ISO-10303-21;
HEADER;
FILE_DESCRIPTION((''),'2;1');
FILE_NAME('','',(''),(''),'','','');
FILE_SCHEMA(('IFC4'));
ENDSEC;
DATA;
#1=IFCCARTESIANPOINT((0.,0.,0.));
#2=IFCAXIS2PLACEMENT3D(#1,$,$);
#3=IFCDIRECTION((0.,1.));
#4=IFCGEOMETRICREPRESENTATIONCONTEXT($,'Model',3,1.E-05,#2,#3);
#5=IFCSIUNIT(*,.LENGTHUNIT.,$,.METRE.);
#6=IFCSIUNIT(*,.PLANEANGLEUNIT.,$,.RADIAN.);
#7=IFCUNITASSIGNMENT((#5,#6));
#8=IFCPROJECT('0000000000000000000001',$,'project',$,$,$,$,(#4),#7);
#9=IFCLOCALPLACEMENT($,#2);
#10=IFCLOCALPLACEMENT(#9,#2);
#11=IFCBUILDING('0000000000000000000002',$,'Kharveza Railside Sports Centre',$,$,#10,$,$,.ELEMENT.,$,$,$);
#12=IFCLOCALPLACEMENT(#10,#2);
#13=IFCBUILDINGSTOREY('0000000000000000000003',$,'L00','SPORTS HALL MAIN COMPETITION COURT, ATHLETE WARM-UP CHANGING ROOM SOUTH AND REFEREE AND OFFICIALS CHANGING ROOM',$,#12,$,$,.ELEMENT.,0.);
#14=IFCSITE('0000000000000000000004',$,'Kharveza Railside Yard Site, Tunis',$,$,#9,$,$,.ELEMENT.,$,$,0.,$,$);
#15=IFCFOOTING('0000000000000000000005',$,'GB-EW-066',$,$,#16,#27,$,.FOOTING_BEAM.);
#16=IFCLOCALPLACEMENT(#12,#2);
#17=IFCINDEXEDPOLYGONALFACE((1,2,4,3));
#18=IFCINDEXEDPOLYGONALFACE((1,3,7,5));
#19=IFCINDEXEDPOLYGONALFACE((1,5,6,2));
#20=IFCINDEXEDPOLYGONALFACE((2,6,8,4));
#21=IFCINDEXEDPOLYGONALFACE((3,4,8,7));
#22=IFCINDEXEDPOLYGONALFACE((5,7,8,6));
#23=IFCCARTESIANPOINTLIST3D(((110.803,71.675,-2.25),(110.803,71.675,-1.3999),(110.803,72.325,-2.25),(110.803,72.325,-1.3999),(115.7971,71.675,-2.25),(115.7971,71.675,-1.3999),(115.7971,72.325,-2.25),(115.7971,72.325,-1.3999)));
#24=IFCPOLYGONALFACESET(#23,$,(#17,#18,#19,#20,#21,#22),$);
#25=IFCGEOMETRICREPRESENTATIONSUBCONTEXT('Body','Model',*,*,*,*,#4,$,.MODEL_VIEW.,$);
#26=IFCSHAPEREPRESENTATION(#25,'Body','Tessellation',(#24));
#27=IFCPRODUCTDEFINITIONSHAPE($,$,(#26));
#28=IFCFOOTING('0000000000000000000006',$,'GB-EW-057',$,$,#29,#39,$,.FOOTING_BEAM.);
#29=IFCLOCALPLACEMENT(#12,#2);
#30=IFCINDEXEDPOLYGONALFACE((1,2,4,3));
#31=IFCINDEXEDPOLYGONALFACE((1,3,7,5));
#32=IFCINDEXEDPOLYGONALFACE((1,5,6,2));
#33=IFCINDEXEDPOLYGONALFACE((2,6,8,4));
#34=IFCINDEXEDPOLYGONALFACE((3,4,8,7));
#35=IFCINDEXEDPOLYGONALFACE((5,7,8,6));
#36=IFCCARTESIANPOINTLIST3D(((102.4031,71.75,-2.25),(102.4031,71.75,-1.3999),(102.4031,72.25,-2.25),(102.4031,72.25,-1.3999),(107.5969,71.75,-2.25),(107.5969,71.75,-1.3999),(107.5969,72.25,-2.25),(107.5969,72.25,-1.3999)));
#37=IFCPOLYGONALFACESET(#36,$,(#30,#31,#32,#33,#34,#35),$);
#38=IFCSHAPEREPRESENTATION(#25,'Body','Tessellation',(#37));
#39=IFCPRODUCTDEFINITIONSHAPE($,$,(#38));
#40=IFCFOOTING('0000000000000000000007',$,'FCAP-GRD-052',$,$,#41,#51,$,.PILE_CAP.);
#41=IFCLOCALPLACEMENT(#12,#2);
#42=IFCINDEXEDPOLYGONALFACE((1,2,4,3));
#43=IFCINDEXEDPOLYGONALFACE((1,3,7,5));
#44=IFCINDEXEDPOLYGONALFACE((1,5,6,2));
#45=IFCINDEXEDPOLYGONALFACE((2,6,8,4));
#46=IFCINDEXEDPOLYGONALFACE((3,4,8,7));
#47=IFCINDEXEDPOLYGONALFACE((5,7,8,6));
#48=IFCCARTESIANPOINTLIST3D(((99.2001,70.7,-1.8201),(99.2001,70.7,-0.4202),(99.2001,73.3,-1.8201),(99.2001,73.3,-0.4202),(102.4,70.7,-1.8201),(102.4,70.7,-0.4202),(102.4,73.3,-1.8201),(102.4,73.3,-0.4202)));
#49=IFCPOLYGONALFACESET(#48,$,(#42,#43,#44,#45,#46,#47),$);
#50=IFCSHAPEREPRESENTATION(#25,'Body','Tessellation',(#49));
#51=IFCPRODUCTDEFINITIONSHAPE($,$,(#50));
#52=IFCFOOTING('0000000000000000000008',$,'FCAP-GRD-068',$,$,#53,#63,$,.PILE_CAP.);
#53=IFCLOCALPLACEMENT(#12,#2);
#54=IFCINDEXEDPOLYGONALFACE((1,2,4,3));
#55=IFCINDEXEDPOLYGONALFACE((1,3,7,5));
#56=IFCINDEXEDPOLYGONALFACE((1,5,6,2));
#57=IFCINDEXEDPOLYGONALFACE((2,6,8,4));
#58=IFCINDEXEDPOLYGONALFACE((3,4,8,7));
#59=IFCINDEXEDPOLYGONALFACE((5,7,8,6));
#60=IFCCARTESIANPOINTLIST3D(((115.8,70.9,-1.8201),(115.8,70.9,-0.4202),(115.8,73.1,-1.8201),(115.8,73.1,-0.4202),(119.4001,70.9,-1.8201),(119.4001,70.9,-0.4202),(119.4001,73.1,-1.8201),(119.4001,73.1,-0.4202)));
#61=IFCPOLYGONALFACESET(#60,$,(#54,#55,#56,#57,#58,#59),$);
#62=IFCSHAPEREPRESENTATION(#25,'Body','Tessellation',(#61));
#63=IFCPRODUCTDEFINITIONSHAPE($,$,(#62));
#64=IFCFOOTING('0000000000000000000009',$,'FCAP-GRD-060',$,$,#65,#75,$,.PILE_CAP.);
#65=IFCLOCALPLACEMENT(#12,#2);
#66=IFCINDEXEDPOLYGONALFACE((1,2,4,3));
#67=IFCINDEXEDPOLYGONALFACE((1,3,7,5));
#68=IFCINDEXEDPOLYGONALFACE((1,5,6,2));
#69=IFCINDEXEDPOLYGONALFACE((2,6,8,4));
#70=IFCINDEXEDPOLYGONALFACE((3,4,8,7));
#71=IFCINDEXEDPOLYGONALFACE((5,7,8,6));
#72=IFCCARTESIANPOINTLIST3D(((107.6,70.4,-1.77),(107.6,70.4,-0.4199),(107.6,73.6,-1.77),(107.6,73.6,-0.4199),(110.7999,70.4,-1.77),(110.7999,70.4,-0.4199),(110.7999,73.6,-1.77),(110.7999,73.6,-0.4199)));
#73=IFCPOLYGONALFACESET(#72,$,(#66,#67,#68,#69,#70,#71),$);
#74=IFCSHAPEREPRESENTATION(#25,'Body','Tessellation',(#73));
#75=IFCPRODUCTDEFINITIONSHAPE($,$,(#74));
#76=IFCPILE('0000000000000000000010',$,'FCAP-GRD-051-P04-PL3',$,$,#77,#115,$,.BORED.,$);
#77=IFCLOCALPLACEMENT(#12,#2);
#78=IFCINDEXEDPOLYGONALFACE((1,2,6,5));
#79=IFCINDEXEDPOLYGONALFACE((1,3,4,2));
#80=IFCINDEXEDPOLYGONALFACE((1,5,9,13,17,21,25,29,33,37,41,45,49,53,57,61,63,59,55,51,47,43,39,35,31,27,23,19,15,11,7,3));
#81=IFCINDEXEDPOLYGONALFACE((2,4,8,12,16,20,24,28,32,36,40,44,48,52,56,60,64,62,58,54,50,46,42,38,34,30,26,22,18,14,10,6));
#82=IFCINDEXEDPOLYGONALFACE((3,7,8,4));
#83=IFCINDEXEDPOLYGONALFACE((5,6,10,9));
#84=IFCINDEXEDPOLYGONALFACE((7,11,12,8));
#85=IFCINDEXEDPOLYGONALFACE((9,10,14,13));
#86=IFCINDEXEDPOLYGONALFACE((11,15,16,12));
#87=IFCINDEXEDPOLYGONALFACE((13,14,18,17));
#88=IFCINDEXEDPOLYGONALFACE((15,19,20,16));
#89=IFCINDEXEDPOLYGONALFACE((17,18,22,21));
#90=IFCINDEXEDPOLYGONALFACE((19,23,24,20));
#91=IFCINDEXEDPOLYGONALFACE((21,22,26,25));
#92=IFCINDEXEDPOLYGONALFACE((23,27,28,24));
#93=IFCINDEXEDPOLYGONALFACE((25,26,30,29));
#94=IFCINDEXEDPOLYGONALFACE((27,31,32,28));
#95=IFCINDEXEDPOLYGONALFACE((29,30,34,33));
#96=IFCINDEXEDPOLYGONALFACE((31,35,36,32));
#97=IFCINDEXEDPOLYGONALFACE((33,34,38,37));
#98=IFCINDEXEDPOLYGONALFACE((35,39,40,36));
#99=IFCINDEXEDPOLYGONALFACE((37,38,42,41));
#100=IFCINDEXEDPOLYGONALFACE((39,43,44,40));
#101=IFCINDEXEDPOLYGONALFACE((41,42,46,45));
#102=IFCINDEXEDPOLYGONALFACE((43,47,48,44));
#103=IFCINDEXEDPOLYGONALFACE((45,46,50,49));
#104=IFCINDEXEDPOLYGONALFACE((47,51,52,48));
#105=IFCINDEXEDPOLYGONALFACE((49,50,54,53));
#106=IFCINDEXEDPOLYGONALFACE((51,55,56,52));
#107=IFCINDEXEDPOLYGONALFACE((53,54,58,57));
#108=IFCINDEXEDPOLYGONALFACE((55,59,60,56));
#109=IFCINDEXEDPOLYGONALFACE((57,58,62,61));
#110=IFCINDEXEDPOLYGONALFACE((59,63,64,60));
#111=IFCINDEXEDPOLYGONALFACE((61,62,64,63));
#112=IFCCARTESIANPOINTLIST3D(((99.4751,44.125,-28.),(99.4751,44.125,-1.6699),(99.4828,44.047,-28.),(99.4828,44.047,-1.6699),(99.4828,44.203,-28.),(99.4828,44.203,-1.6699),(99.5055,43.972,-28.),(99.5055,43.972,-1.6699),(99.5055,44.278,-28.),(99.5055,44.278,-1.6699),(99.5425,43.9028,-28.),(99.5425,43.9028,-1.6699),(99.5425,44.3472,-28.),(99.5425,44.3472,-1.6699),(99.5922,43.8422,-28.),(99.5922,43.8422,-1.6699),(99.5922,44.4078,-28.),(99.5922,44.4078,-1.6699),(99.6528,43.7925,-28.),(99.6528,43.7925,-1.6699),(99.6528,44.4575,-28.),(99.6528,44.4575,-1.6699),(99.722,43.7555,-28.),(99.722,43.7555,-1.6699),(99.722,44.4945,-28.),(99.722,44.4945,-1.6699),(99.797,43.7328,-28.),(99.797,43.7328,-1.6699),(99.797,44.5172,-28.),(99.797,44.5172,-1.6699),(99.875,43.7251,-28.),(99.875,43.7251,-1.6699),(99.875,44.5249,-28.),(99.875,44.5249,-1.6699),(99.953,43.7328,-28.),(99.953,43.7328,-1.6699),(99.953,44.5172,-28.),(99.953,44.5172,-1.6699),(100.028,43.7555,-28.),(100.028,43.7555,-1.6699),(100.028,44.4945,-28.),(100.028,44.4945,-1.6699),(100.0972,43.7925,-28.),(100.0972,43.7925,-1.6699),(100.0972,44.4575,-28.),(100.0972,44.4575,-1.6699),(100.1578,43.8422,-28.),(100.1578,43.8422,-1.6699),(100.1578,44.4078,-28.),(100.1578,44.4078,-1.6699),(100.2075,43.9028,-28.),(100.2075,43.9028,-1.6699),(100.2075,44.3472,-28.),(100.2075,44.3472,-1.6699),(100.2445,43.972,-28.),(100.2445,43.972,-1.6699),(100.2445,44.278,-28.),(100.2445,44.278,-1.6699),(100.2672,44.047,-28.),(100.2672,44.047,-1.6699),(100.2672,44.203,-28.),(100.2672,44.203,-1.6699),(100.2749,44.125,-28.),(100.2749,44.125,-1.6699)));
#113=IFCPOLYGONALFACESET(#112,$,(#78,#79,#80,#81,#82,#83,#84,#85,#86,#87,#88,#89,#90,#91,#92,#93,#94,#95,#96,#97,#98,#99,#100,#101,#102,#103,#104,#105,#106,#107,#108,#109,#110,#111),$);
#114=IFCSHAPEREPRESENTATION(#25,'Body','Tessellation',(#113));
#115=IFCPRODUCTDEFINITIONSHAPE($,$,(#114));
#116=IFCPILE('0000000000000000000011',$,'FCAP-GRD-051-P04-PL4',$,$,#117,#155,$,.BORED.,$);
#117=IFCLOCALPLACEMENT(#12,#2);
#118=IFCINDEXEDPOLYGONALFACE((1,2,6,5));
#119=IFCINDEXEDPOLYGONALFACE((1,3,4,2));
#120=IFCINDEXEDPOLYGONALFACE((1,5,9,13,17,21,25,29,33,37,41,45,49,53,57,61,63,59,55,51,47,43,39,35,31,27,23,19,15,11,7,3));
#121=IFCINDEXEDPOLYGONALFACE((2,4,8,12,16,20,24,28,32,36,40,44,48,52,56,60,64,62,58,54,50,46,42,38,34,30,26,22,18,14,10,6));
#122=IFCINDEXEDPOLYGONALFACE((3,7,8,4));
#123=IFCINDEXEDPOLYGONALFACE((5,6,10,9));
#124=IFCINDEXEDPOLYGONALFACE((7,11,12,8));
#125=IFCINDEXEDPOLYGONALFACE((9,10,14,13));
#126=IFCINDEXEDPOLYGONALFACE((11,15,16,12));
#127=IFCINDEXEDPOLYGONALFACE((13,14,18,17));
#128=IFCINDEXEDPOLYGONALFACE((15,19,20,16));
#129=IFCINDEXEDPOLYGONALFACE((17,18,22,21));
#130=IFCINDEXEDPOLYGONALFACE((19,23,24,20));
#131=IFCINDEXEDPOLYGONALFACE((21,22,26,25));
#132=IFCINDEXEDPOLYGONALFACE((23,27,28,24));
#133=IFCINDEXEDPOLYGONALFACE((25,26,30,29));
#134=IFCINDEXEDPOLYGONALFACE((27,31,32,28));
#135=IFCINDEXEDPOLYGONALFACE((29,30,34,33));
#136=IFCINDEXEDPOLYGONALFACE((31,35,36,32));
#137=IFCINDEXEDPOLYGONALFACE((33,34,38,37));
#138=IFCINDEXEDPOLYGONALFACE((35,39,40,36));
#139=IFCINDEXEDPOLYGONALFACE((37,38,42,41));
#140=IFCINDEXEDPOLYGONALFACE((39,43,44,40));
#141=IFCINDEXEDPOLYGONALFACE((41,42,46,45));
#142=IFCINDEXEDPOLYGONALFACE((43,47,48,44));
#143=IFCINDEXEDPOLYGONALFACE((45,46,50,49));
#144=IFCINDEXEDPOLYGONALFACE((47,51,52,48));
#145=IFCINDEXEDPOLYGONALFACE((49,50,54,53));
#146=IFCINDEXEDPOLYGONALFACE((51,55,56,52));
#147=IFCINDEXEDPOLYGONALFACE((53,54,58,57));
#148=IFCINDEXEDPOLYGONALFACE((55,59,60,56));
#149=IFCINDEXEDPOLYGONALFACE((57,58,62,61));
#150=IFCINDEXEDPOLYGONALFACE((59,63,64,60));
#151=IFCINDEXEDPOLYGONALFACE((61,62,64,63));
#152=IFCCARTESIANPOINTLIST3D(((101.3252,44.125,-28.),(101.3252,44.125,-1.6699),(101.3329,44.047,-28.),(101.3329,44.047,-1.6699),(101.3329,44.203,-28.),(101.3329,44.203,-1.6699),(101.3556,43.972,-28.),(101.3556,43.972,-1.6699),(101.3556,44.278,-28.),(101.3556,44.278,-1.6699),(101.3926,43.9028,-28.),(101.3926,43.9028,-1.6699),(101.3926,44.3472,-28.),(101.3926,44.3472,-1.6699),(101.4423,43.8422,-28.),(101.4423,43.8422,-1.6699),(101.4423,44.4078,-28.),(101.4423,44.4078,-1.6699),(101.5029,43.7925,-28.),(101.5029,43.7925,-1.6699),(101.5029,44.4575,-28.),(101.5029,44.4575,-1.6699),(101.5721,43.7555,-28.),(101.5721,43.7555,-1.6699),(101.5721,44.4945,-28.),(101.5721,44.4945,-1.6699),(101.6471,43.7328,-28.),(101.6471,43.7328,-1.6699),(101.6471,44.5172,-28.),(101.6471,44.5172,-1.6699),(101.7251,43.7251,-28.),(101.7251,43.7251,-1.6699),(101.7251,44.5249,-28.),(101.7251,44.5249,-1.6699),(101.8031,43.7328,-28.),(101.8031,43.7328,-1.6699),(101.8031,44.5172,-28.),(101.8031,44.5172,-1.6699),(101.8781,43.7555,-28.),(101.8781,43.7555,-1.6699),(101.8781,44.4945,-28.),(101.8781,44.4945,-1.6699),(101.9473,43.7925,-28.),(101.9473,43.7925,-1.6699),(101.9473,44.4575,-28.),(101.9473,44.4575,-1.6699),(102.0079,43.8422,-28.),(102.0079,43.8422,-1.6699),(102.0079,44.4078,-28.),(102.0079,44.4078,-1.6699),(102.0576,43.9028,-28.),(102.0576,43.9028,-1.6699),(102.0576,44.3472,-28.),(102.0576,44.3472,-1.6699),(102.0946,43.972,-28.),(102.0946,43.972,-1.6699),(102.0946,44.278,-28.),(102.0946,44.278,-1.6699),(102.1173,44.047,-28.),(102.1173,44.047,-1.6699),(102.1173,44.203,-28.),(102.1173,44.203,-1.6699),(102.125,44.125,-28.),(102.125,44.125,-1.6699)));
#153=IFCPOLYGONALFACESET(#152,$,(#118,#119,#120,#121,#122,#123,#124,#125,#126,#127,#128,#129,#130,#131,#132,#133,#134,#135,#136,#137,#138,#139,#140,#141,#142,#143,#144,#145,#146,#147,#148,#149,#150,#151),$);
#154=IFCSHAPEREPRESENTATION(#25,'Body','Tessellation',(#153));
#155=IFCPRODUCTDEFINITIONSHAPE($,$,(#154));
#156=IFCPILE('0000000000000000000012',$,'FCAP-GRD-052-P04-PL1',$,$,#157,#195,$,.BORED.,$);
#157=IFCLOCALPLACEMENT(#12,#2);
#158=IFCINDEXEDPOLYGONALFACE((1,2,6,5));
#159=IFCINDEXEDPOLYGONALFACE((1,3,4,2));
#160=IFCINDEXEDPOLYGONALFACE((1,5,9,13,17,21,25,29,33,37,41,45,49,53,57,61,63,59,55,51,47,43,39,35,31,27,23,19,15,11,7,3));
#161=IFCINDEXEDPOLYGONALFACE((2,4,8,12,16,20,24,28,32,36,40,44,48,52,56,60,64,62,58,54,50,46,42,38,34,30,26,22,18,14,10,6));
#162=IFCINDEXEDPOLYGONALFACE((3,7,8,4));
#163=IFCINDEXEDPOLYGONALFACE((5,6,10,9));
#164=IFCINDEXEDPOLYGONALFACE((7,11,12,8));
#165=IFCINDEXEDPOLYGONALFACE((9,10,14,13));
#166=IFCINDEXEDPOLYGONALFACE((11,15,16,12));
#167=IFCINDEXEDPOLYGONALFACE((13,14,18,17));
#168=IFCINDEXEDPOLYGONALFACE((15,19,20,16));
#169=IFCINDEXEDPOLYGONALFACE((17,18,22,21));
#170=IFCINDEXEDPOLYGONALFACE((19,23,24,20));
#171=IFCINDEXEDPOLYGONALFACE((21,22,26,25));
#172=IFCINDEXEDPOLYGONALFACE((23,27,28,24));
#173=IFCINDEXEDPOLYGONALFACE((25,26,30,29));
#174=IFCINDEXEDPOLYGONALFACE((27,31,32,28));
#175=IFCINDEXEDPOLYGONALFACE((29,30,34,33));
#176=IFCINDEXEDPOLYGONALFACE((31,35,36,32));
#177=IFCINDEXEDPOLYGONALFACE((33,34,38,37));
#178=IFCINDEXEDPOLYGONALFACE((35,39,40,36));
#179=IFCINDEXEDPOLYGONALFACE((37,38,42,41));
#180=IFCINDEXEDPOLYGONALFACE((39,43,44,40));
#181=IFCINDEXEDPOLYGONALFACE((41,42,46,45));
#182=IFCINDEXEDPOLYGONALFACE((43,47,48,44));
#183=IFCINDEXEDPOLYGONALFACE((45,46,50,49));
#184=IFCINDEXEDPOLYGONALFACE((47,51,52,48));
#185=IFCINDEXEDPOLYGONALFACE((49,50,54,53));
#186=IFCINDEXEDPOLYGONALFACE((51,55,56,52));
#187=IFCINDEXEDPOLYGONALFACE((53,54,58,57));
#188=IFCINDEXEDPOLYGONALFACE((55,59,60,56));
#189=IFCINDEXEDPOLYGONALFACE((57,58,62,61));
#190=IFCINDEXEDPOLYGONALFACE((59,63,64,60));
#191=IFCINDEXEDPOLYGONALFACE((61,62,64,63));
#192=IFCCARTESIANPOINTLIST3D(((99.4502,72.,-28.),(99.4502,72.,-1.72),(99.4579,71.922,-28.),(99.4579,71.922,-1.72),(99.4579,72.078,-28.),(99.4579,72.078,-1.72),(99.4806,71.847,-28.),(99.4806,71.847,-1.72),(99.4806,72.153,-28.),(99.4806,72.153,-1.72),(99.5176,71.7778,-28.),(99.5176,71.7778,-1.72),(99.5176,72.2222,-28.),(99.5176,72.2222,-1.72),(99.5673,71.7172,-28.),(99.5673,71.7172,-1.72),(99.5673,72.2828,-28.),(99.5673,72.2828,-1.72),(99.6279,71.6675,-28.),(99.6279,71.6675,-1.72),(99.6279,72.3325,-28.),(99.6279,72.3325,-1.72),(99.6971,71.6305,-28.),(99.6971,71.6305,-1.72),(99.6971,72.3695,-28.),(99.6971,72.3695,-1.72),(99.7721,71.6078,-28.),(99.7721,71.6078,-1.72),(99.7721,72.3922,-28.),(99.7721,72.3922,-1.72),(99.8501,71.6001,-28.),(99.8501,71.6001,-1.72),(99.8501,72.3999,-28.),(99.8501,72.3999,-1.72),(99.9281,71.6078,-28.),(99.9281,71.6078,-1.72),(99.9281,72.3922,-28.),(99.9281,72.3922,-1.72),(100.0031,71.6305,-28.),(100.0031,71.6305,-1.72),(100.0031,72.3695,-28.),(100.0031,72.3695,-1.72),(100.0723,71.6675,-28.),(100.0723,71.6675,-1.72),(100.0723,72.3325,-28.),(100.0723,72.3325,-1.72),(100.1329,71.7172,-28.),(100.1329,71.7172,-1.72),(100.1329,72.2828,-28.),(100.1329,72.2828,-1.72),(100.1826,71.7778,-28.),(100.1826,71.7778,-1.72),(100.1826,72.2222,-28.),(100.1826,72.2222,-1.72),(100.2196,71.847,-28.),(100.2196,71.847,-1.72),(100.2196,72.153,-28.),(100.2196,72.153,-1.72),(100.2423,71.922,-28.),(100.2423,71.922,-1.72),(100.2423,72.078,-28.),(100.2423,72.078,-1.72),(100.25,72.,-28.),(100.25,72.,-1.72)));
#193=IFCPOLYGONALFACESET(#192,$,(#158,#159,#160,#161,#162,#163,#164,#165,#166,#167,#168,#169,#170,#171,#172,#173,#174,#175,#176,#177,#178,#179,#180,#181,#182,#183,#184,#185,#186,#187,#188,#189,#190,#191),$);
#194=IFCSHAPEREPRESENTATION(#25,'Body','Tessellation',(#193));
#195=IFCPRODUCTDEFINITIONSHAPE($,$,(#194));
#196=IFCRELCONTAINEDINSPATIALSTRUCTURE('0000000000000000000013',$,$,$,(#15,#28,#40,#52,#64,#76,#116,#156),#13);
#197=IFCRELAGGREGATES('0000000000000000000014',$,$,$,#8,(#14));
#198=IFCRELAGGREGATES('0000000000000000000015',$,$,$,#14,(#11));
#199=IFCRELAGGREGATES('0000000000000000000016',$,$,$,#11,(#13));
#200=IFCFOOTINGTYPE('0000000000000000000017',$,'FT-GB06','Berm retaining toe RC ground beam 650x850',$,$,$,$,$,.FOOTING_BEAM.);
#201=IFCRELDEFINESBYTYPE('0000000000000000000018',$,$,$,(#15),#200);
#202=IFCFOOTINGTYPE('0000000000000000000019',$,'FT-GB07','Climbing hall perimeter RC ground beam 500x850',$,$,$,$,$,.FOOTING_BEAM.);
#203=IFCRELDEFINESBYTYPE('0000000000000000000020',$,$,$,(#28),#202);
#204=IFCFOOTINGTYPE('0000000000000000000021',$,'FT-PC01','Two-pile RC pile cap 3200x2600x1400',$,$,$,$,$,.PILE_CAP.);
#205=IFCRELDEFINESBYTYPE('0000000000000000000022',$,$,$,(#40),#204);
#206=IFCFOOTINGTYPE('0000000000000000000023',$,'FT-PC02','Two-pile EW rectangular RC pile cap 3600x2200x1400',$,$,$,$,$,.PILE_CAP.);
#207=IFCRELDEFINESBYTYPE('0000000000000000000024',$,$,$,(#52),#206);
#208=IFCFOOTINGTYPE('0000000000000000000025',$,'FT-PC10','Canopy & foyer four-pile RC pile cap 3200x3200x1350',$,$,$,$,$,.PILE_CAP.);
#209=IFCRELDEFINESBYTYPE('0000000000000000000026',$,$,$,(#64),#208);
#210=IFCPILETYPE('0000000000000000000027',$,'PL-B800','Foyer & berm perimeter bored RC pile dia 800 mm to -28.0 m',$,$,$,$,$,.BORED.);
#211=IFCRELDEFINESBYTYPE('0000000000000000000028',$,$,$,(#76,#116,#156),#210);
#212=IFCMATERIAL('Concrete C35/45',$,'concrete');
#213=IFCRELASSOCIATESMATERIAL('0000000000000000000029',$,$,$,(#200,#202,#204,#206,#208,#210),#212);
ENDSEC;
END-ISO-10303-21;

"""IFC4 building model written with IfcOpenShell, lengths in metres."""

from ifc_helpers import new_model, si_unit, direction, frame, origin, origin_2d, place, context, subcontext, project, spatial, rectangle, circle, extrude, material, material_profile, profile_set, type_object, element, save


model = new_model("IFC4")

# Units and contexts
model_context = context("Model", 3, precision=1e-05, world=origin(), true_north=direction((0.0, 1.0)))
body_context = subcontext(model_context, "Body", "Model", "MODEL_VIEW")
ifc_project = project(units=[si_unit("LENGTHUNIT", "METRE"), si_unit("PLANEANGLEUNIT", "RADIAN")], contexts=[model_context])

# Site, building, storey
site_placement = place(None, origin())
site = spatial("IfcSite", under=ifc_project, at=site_placement, Name="Kharveza Railside Yard Site, Tunis", CompositionType="ELEMENT", RefElevation=0.0)
building_placement = place(site_placement, origin())
building = spatial("IfcBuilding", under=site, at=building_placement, Name="Kharveza Railside Sports Centre", CompositionType="ELEMENT")
storey_placement = place(building_placement, origin())
storey = spatial("IfcBuildingStorey", under=building, at=storey_placement, Name="L00", Description="SPORTS HALL MAIN COMPETITION COURT, ATHLETE WARM-UP CHANGING ROOM SOUTH AND REFEREE AND OFFICIALS CHANGING ROOM", CompositionType="ELEMENT", Elevation=0.0)

# Footings
ifc_material_1 = material(Name="Concrete C35/45", Category="concrete")
ifc_material_profile_1 = material_profile(ifc_material_1, rectangle(XDim=0.6499, YDim=0.8501, at=origin_2d()), Name="GB 650x850")
ifc_profile_set_1 = profile_set([ifc_material_profile_1], Name="Concrete C35/45")
footing_type_1 = type_object("IfcFootingType", Name="FT-GB06", Description="Berm retaining toe RC ground beam 650x850", PredefinedType="FOOTING_BEAM", material=ifc_profile_set_1)
footing_1_placement = place(storey_placement, frame((110.803, 72.0, -1.825), z_axis=(1.0, 0.0, 0.0), x_axis=(0.0, 1.0, 0.0)))
element("IfcFooting", 1, at=footing_1_placement, inside=storey, type_object=footing_type_1, Name="GB-EW-066", PredefinedType="FOOTING_BEAM", context=body_context, shape_type="SweptSolid", body=[
    extrude(rectangle(XDim=0.6499, YDim=0.8501, at=origin_2d()), origin(), (0.0, 0.0, 1.0), 4.9941),
])
ifc_material_profile_2 = material_profile(ifc_material_1, rectangle(XDim=0.5, YDim=0.8501, at=origin_2d()), Name="GB 500x850")
ifc_profile_set_2 = profile_set([ifc_material_profile_2], Name="Concrete C35/45")
footing_type_2 = type_object("IfcFootingType", Name="FT-GB07", Description="Climbing hall perimeter RC ground beam 500x850", PredefinedType="FOOTING_BEAM", material=ifc_profile_set_2)
footing_2_placement = place(storey_placement, frame((102.4031, 72.0, -1.825), z_axis=(1.0, 0.0, 0.0), x_axis=(0.0, 1.0, 0.0)))
element("IfcFooting", 2, at=footing_2_placement, inside=storey, type_object=footing_type_2, Name="GB-EW-057", PredefinedType="FOOTING_BEAM", context=body_context, shape_type="SweptSolid", body=[
    extrude(rectangle(XDim=0.5, YDim=0.8501, at=origin_2d()), origin(), (0.0, 0.0, 1.0), 5.1938),
])
footing_type_3 = type_object("IfcFootingType", Name="FT-PC01", Description="Two-pile RC pile cap 3200x2600x1400", PredefinedType="PILE_CAP", material=ifc_material_1)
footing_3_placement = place(storey_placement, frame((100.8, 72.0, -1.8201), z_axis=(0.0, 0.0, 1.0), x_axis=(1.0, 0.0, 0.0)))
element("IfcFooting", 3, at=footing_3_placement, inside=storey, type_object=footing_type_3, Name="FCAP-GRD-052", PredefinedType="PILE_CAP", context=body_context, shape_type="SweptSolid", body=[
    extrude(rectangle(XDim=3.2, YDim=2.6001, at=origin_2d()), origin(), (0.0, 0.0, 1.0), 1.3999),
])
footing_type_4 = type_object("IfcFootingType", Name="FT-PC02", Description="Two-pile EW rectangular RC pile cap 3600x2200x1400", PredefinedType="PILE_CAP", material=ifc_material_1)
footing_4_placement = place(storey_placement, frame((117.6001, 72.0, -1.8201), z_axis=(0.0, 0.0, 1.0), x_axis=(1.0, 0.0, 0.0)))
element("IfcFooting", 4, at=footing_4_placement, inside=storey, type_object=footing_type_4, Name="FCAP-GRD-068", PredefinedType="PILE_CAP", context=body_context, shape_type="SweptSolid", body=[
    extrude(rectangle(XDim=3.6001, YDim=2.2, at=origin_2d()), origin(), (0.0, 0.0, 1.0), 1.3999),
])
footing_type_5 = type_object("IfcFootingType", Name="FT-PC10", Description="Canopy & foyer four-pile RC pile cap 3200x3200x1350", PredefinedType="PILE_CAP", material=ifc_material_1)
footing_5_placement = place(storey_placement, frame((109.2, 72.0, -1.77), z_axis=(0.0, 0.0, 1.0), x_axis=(1.0, 0.0, 0.0)))
element("IfcFooting", 5, at=footing_5_placement, inside=storey, type_object=footing_type_5, Name="FCAP-GRD-060", PredefinedType="PILE_CAP", context=body_context, shape_type="SweptSolid", body=[
    extrude(rectangle(XDim=3.2, YDim=3.2, at=origin_2d()), origin(), (0.0, 0.0, 1.0), 1.3501),
])

# Piles
ifc_material_profile_3 = material_profile(ifc_material_1, circle(Radius=0.3999, at=origin_2d()), Name="PILE D800")
ifc_profile_set_3 = profile_set([ifc_material_profile_3], Name="Concrete C35/45")
pile_type_1 = type_object("IfcPileType", Name="PL-B800", Description="Foyer & berm perimeter bored RC pile dia 800 mm to -28.0 m", PredefinedType="BORED", material=ifc_profile_set_3)
for number, where, z_axis, x_axis, name in (
    (6, (99.875, 44.125, -1.6699), (0.0, 0.0, -1.0), (1.0, 0.0, 0.0), "FCAP-GRD-051-P04-PL3"),
    (7, (101.7251, 44.125, -1.6699), (0.0, 0.0, -1.0), (1.0, 0.0, 0.0), "FCAP-GRD-051-P04-PL4"),
):
    element("IfcPile", number, at=place(storey_placement, frame(where, z_axis=z_axis, x_axis=x_axis)), inside=storey, type_object=pile_type_1, Name=name, PredefinedType="BORED", context=body_context, shape_type="SweptSolid", body=[
        extrude(circle(Radius=0.3999, at=origin_2d()), origin(), (0.0, 0.0, 1.0), 26.3301),
    ])
for number, where, z_axis, x_axis, name in (
    (8, (99.8501, 72.0, -1.72), (0.0, 0.0, -1.0), (1.0, 0.0, 0.0), "FCAP-GRD-052-P04-PL1"),
):
    element("IfcPile", number, at=place(storey_placement, frame(where, z_axis=z_axis, x_axis=x_axis)), inside=storey, type_object=pile_type_1, Name=name, PredefinedType="BORED", context=body_context, shape_type="SweptSolid", body=[
        extrude(circle(Radius=0.3999, at=origin_2d()), origin(), (0.0, 0.0, 1.0), 26.28),
    ])

save(model, "model.ifc")
